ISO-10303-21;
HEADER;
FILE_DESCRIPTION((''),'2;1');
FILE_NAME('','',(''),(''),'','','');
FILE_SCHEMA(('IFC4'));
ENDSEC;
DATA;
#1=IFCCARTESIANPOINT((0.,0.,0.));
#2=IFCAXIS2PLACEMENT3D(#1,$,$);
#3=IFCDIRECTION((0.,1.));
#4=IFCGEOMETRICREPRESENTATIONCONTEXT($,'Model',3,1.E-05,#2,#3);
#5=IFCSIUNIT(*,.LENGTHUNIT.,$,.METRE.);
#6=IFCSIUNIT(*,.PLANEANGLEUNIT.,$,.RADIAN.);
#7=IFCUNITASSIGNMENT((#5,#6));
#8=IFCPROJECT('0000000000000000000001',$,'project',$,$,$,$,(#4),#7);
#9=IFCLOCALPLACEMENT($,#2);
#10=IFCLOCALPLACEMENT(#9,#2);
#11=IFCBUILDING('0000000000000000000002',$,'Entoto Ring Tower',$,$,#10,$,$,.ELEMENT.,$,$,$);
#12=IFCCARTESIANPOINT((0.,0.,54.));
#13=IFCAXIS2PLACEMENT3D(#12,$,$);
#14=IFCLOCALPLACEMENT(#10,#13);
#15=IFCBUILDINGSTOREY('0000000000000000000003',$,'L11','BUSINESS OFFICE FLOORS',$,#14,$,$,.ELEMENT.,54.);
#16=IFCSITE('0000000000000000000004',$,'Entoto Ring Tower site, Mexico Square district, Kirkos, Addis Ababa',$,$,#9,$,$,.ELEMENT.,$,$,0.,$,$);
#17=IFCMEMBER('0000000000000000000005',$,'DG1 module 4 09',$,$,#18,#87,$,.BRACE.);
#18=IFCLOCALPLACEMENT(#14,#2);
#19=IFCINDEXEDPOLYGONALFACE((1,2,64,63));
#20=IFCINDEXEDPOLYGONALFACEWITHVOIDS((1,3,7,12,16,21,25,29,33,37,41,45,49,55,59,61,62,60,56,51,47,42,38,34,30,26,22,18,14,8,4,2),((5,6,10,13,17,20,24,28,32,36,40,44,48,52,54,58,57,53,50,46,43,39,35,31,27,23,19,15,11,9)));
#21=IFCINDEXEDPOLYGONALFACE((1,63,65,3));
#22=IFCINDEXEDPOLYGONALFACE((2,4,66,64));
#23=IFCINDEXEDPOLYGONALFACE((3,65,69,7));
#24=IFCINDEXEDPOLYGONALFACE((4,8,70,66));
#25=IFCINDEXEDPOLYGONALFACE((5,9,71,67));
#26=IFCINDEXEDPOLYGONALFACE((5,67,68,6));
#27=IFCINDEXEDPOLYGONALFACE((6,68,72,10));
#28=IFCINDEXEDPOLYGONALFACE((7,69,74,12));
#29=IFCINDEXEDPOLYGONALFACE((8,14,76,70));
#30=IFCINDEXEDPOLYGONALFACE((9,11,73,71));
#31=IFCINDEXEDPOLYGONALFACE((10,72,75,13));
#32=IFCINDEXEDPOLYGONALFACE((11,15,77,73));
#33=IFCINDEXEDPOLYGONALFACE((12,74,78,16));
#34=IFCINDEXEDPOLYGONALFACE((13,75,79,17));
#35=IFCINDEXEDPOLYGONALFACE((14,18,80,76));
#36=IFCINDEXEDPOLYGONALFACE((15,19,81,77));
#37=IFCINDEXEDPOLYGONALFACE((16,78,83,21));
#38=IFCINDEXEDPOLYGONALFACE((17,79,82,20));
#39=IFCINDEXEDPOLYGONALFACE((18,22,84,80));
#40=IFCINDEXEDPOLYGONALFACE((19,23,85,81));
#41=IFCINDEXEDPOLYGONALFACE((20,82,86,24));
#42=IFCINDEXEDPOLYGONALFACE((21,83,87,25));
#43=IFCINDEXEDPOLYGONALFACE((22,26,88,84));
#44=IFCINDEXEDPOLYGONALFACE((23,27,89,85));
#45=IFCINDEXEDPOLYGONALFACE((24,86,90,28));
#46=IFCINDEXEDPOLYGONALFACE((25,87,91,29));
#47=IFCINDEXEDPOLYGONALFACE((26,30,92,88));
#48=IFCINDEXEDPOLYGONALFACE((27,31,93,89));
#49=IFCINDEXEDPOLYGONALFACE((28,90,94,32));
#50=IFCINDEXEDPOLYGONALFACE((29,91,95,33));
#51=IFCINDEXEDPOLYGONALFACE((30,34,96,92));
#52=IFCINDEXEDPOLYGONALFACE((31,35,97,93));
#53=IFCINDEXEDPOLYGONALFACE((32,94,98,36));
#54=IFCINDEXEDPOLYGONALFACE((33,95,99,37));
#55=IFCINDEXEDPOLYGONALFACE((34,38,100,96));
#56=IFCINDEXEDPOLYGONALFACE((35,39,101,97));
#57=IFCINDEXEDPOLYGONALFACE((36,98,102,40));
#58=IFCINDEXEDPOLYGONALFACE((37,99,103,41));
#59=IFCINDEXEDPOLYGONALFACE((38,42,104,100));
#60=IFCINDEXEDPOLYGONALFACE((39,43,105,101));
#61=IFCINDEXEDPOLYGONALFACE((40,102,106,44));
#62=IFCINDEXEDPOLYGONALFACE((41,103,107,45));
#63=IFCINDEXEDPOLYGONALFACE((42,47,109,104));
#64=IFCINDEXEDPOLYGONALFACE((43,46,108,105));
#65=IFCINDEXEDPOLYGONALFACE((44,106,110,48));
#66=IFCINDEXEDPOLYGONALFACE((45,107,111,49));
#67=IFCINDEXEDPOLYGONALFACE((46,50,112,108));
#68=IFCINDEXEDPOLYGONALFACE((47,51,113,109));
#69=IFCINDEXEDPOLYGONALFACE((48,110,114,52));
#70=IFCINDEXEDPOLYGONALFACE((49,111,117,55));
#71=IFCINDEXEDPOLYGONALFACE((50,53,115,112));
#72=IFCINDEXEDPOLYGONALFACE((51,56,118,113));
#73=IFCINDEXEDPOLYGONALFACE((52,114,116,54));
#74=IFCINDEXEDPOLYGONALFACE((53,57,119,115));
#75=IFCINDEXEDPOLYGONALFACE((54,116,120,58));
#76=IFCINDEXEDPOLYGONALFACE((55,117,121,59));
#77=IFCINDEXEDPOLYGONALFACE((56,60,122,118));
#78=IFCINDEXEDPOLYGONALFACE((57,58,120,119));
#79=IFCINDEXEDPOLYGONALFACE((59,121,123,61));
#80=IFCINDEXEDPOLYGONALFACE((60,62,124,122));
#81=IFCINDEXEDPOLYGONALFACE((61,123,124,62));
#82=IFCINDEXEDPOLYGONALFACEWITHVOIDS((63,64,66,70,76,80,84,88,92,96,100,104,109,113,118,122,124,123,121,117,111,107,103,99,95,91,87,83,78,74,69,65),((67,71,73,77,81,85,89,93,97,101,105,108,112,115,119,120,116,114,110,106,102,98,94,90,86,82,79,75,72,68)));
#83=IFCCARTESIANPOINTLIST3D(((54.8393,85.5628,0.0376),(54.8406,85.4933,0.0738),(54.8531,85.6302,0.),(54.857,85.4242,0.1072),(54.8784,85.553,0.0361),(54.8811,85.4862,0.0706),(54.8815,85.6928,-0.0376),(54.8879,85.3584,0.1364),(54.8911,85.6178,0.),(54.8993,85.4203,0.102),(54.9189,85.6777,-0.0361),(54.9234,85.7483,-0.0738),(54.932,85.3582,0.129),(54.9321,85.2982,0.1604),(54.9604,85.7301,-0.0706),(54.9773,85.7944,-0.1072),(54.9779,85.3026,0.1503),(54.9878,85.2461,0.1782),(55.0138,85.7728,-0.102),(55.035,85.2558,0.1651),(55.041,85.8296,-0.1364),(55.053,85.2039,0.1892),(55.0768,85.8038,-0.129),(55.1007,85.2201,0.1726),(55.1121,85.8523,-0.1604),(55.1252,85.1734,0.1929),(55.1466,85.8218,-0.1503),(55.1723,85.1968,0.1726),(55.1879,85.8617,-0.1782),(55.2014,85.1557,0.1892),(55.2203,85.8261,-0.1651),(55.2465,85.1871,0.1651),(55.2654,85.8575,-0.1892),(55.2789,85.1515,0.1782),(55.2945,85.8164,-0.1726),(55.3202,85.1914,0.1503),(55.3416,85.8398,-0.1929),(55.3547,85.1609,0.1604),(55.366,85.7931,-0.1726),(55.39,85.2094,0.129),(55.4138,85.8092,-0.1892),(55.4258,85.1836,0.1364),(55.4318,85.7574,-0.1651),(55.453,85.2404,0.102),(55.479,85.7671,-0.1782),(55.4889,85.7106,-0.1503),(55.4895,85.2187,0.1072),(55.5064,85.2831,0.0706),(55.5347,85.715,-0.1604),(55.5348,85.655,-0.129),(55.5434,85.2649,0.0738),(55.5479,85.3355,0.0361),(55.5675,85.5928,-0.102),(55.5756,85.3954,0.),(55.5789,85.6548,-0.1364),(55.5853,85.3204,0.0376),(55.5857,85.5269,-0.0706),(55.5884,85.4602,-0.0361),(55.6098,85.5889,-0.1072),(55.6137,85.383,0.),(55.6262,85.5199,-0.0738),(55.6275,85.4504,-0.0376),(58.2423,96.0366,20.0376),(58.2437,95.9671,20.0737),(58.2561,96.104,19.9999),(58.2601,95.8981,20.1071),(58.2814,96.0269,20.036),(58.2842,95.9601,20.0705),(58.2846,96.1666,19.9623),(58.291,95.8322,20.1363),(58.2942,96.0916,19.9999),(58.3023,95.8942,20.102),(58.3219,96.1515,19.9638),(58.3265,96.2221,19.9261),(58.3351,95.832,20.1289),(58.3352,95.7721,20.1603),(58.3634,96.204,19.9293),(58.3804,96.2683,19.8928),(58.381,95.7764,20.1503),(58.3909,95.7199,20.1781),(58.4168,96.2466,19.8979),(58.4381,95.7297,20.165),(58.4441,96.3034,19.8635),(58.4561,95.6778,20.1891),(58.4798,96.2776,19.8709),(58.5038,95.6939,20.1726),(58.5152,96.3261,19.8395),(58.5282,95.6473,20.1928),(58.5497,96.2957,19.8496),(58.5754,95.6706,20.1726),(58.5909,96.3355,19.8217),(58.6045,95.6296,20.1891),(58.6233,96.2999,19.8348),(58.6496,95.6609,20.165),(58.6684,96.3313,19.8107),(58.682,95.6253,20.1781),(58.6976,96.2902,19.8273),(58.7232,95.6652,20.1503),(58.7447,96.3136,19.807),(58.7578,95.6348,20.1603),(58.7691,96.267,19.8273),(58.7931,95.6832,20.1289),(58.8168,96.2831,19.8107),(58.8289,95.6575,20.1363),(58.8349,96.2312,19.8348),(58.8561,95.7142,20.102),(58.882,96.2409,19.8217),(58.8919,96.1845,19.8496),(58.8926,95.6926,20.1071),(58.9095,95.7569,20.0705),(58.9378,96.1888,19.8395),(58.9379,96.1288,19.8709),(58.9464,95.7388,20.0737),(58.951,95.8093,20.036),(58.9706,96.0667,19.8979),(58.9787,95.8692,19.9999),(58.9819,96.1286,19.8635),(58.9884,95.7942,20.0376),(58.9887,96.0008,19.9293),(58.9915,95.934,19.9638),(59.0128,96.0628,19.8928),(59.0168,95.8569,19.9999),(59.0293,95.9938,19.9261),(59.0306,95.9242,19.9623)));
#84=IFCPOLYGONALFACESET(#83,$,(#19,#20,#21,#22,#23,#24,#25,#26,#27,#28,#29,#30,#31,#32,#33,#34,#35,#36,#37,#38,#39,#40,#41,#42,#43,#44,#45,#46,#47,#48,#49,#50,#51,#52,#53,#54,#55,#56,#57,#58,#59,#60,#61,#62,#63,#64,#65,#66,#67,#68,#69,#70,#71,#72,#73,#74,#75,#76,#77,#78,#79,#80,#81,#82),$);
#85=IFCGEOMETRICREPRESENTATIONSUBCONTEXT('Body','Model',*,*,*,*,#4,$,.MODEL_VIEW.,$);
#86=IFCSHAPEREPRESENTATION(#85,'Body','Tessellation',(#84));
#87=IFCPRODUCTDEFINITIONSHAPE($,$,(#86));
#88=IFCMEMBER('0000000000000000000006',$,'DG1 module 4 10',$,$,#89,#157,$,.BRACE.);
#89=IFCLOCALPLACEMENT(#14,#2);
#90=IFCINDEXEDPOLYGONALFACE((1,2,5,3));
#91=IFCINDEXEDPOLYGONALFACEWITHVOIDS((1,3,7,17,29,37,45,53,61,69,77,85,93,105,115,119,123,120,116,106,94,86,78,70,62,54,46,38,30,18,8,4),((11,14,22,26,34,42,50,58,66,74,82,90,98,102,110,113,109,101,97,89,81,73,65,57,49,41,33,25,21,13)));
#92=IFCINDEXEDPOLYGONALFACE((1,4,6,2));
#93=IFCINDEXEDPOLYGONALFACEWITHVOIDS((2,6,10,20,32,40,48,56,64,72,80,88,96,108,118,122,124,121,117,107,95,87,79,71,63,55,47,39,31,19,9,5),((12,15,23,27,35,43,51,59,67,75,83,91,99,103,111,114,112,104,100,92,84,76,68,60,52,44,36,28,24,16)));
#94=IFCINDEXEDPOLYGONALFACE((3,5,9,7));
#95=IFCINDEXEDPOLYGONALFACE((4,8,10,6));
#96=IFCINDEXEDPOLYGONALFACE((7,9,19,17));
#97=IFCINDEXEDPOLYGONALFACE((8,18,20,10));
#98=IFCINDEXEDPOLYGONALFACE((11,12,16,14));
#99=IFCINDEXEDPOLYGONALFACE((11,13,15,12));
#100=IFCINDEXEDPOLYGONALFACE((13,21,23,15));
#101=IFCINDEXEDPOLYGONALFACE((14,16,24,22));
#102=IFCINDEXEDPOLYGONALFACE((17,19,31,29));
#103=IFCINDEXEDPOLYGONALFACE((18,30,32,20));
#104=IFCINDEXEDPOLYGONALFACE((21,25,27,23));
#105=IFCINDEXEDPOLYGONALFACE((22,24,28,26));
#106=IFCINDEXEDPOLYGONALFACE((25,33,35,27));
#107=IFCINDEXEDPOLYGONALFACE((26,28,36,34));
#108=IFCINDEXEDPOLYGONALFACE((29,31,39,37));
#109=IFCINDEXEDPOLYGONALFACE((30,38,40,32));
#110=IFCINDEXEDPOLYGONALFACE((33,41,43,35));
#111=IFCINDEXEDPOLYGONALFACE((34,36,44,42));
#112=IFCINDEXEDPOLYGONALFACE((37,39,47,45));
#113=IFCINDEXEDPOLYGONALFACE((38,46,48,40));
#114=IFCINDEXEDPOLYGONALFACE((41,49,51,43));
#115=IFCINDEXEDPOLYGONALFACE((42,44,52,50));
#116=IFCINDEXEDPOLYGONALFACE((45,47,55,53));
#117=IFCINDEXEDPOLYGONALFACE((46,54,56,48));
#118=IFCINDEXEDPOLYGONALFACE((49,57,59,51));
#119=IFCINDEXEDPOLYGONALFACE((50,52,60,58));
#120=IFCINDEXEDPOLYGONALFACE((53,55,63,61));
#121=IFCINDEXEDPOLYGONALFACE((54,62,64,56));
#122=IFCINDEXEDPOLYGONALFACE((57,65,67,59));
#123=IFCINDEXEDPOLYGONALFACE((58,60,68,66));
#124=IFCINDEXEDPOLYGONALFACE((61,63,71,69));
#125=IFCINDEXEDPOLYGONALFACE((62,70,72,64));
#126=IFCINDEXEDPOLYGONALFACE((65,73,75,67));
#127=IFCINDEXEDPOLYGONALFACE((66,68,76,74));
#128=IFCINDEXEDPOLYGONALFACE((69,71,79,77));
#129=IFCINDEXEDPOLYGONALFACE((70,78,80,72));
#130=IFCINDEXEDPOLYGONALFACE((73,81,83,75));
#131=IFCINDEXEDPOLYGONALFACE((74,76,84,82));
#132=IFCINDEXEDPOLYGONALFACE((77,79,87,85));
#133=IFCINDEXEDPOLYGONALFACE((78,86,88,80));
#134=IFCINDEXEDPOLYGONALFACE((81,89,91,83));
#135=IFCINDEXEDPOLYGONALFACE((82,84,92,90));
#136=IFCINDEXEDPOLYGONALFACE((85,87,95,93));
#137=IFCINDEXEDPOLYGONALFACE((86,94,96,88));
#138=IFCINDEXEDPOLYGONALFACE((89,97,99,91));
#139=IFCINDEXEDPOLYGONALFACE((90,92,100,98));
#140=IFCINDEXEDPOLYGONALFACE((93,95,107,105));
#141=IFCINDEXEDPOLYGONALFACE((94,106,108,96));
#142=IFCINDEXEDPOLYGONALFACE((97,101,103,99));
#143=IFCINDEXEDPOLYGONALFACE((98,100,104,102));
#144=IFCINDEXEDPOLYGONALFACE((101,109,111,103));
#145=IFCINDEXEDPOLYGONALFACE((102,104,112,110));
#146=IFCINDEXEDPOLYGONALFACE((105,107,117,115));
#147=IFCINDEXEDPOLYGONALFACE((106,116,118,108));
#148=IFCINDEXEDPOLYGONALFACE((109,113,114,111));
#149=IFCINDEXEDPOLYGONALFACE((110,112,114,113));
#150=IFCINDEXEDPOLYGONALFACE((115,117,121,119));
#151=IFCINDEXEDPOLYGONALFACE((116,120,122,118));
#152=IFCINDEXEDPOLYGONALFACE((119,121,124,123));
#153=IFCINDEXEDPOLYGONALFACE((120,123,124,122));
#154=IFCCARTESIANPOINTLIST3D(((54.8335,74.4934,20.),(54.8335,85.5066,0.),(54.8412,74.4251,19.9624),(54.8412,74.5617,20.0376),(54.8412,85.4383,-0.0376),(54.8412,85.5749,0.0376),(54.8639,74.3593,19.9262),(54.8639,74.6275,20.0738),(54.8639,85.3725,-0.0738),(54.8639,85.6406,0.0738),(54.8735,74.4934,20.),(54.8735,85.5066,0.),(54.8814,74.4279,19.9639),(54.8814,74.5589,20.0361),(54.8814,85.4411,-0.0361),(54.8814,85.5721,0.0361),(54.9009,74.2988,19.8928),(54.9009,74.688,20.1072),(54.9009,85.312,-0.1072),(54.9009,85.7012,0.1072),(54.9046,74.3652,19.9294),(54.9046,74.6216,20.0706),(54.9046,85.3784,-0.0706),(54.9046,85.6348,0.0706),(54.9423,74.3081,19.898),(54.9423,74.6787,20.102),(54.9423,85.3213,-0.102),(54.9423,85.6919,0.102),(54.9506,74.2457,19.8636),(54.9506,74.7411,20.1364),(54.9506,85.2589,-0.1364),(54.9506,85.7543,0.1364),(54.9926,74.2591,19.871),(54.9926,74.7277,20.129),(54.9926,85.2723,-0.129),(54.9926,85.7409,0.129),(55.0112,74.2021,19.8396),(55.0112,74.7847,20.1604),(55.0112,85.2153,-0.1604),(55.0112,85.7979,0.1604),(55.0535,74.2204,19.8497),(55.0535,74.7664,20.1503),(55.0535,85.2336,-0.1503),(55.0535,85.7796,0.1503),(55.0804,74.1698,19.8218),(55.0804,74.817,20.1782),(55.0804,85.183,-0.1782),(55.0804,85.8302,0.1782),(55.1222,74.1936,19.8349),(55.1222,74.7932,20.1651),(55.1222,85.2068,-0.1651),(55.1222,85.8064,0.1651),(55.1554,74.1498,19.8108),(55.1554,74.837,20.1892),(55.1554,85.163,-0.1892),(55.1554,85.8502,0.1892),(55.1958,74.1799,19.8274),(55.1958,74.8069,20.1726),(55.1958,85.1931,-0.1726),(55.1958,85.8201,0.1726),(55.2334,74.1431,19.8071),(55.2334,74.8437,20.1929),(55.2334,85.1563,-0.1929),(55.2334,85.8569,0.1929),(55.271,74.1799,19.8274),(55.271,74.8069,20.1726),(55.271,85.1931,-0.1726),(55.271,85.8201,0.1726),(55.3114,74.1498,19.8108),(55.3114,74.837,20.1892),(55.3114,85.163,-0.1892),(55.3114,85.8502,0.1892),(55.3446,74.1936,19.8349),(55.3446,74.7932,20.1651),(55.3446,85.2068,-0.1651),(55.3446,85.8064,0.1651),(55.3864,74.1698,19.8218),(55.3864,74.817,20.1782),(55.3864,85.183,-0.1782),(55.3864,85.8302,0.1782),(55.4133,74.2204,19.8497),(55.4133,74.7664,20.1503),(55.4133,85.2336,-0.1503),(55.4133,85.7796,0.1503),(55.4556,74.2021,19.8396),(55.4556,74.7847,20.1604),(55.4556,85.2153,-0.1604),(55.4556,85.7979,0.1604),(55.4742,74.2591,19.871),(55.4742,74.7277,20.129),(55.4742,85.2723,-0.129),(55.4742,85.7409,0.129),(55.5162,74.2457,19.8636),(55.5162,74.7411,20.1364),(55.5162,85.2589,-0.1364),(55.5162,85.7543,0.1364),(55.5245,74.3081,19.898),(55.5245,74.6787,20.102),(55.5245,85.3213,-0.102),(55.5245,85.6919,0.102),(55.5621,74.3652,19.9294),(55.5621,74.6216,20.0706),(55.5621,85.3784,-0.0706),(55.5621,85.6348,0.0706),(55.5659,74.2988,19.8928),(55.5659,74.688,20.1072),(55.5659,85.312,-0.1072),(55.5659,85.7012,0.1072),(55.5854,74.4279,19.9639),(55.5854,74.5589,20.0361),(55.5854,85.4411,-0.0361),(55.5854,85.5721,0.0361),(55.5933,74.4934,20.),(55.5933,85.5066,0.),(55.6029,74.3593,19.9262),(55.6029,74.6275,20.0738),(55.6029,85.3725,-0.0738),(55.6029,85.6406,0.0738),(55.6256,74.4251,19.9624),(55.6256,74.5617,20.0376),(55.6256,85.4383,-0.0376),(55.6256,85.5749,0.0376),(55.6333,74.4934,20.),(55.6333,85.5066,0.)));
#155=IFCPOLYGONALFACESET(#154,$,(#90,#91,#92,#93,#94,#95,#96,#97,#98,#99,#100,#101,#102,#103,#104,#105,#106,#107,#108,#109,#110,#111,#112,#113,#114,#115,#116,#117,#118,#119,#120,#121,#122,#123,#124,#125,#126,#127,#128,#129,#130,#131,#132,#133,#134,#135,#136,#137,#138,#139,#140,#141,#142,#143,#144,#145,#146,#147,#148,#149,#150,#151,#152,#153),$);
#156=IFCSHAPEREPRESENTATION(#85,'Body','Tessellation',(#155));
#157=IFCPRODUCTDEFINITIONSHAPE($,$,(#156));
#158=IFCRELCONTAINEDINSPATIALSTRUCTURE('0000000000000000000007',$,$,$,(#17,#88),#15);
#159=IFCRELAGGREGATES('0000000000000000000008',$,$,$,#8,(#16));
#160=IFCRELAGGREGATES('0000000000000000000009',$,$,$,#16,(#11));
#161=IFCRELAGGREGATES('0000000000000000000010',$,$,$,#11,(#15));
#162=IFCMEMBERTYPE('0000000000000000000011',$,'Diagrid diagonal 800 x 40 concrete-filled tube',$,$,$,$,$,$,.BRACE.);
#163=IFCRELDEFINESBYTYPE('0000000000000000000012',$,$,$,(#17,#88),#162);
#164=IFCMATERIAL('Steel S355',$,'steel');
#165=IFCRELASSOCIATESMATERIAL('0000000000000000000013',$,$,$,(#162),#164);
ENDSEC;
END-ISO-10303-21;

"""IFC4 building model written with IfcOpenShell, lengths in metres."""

from ifc_helpers import new_model, si_unit, direction, frame, origin, origin_2d, place, context, subcontext, project, spatial, circle, hollow_circle, extrude, material, material_profile, profile_set, type_object, element, save


model = new_model("IFC4")

# Units and contexts
model_context = context("Model", 3, precision=1e-05, world=origin(), true_north=direction((0.0, 1.0)))
body_context = subcontext(model_context, "Body", "Model", "MODEL_VIEW")
ifc_project = project(units=[si_unit("LENGTHUNIT", "METRE"), si_unit("PLANEANGLEUNIT", "RADIAN")], contexts=[model_context])

# Site, building, storey
site_placement = place(None, origin())
site = spatial("IfcSite", under=ifc_project, at=site_placement, Name="Entoto Ring Tower site, Mexico Square district, Kirkos, Addis Ababa", CompositionType="ELEMENT", RefElevation=0.0)
building_placement = place(site_placement, origin())
building = spatial("IfcBuilding", under=site, at=building_placement, Name="Entoto Ring Tower", CompositionType="ELEMENT")
storey_placement = place(building_placement, frame((0.0, 0.0, 54.0)))
storey = spatial("IfcBuildingStorey", under=building, at=storey_placement, Name="L11", Description="BUSINESS OFFICE FLOORS", CompositionType="ELEMENT", Elevation=54.0)

# Members
ifc_material_1 = material(Name="Steel S355", Category="steel")
ifc_material_profile_1 = material_profile(ifc_material_1, hollow_circle(Radius=0.3999, WallThickness=0.04, at=origin_2d()), Name="CHS 800 x 40")
ifc_material_2 = material(Name="Concrete C60/75", Category="concrete")
ifc_material_profile_2 = material_profile(ifc_material_2, circle(Radius=0.3601, at=origin_2d()), Name="Concrete C60/75 infill")
ifc_profile_set_1 = profile_set([ifc_material_profile_1, ifc_material_profile_2], Name="Steel S355")
member_type_1 = type_object("IfcMemberType", Name="Diagrid diagonal 800 x 40 concrete-filled tube", PredefinedType="BRACE", material=ifc_profile_set_1)
member_1_placement = place(storey_placement, frame((55.2334, 85.5066, 0.0), z_axis=(0.149051, 0.458744, 0.875978), x_axis=(-0.951059, 0.309009, 0.0)))
element("IfcMember", 1, at=member_1_placement, inside=storey, type_object=member_type_1, Name="DG1 module 4 09", PredefinedType="BRACE", context=body_context, shape_type="SweptSolid", body=[
    extrude(hollow_circle(Radius=0.3999, WallThickness=0.04, at=origin_2d()), origin(), (0.0, 0.0, 1.0), 22.8315),
])
member_2_placement = place(storey_placement, frame((55.2334, 85.5066, 0.0), z_axis=(0.0, -0.482362, 0.875972), x_axis=(1.0, 0.0, 0.0)))
element("IfcMember", 2, at=member_2_placement, inside=storey, type_object=member_type_1, Name="DG1 module 4 10", PredefinedType="BRACE", context=body_context, shape_type="SweptSolid", body=[
    extrude(hollow_circle(Radius=0.3999, WallThickness=0.04, at=origin_2d()), origin(), (0.0, 0.0, 1.0), 22.8318),
])

save(model, "model.ifc")
